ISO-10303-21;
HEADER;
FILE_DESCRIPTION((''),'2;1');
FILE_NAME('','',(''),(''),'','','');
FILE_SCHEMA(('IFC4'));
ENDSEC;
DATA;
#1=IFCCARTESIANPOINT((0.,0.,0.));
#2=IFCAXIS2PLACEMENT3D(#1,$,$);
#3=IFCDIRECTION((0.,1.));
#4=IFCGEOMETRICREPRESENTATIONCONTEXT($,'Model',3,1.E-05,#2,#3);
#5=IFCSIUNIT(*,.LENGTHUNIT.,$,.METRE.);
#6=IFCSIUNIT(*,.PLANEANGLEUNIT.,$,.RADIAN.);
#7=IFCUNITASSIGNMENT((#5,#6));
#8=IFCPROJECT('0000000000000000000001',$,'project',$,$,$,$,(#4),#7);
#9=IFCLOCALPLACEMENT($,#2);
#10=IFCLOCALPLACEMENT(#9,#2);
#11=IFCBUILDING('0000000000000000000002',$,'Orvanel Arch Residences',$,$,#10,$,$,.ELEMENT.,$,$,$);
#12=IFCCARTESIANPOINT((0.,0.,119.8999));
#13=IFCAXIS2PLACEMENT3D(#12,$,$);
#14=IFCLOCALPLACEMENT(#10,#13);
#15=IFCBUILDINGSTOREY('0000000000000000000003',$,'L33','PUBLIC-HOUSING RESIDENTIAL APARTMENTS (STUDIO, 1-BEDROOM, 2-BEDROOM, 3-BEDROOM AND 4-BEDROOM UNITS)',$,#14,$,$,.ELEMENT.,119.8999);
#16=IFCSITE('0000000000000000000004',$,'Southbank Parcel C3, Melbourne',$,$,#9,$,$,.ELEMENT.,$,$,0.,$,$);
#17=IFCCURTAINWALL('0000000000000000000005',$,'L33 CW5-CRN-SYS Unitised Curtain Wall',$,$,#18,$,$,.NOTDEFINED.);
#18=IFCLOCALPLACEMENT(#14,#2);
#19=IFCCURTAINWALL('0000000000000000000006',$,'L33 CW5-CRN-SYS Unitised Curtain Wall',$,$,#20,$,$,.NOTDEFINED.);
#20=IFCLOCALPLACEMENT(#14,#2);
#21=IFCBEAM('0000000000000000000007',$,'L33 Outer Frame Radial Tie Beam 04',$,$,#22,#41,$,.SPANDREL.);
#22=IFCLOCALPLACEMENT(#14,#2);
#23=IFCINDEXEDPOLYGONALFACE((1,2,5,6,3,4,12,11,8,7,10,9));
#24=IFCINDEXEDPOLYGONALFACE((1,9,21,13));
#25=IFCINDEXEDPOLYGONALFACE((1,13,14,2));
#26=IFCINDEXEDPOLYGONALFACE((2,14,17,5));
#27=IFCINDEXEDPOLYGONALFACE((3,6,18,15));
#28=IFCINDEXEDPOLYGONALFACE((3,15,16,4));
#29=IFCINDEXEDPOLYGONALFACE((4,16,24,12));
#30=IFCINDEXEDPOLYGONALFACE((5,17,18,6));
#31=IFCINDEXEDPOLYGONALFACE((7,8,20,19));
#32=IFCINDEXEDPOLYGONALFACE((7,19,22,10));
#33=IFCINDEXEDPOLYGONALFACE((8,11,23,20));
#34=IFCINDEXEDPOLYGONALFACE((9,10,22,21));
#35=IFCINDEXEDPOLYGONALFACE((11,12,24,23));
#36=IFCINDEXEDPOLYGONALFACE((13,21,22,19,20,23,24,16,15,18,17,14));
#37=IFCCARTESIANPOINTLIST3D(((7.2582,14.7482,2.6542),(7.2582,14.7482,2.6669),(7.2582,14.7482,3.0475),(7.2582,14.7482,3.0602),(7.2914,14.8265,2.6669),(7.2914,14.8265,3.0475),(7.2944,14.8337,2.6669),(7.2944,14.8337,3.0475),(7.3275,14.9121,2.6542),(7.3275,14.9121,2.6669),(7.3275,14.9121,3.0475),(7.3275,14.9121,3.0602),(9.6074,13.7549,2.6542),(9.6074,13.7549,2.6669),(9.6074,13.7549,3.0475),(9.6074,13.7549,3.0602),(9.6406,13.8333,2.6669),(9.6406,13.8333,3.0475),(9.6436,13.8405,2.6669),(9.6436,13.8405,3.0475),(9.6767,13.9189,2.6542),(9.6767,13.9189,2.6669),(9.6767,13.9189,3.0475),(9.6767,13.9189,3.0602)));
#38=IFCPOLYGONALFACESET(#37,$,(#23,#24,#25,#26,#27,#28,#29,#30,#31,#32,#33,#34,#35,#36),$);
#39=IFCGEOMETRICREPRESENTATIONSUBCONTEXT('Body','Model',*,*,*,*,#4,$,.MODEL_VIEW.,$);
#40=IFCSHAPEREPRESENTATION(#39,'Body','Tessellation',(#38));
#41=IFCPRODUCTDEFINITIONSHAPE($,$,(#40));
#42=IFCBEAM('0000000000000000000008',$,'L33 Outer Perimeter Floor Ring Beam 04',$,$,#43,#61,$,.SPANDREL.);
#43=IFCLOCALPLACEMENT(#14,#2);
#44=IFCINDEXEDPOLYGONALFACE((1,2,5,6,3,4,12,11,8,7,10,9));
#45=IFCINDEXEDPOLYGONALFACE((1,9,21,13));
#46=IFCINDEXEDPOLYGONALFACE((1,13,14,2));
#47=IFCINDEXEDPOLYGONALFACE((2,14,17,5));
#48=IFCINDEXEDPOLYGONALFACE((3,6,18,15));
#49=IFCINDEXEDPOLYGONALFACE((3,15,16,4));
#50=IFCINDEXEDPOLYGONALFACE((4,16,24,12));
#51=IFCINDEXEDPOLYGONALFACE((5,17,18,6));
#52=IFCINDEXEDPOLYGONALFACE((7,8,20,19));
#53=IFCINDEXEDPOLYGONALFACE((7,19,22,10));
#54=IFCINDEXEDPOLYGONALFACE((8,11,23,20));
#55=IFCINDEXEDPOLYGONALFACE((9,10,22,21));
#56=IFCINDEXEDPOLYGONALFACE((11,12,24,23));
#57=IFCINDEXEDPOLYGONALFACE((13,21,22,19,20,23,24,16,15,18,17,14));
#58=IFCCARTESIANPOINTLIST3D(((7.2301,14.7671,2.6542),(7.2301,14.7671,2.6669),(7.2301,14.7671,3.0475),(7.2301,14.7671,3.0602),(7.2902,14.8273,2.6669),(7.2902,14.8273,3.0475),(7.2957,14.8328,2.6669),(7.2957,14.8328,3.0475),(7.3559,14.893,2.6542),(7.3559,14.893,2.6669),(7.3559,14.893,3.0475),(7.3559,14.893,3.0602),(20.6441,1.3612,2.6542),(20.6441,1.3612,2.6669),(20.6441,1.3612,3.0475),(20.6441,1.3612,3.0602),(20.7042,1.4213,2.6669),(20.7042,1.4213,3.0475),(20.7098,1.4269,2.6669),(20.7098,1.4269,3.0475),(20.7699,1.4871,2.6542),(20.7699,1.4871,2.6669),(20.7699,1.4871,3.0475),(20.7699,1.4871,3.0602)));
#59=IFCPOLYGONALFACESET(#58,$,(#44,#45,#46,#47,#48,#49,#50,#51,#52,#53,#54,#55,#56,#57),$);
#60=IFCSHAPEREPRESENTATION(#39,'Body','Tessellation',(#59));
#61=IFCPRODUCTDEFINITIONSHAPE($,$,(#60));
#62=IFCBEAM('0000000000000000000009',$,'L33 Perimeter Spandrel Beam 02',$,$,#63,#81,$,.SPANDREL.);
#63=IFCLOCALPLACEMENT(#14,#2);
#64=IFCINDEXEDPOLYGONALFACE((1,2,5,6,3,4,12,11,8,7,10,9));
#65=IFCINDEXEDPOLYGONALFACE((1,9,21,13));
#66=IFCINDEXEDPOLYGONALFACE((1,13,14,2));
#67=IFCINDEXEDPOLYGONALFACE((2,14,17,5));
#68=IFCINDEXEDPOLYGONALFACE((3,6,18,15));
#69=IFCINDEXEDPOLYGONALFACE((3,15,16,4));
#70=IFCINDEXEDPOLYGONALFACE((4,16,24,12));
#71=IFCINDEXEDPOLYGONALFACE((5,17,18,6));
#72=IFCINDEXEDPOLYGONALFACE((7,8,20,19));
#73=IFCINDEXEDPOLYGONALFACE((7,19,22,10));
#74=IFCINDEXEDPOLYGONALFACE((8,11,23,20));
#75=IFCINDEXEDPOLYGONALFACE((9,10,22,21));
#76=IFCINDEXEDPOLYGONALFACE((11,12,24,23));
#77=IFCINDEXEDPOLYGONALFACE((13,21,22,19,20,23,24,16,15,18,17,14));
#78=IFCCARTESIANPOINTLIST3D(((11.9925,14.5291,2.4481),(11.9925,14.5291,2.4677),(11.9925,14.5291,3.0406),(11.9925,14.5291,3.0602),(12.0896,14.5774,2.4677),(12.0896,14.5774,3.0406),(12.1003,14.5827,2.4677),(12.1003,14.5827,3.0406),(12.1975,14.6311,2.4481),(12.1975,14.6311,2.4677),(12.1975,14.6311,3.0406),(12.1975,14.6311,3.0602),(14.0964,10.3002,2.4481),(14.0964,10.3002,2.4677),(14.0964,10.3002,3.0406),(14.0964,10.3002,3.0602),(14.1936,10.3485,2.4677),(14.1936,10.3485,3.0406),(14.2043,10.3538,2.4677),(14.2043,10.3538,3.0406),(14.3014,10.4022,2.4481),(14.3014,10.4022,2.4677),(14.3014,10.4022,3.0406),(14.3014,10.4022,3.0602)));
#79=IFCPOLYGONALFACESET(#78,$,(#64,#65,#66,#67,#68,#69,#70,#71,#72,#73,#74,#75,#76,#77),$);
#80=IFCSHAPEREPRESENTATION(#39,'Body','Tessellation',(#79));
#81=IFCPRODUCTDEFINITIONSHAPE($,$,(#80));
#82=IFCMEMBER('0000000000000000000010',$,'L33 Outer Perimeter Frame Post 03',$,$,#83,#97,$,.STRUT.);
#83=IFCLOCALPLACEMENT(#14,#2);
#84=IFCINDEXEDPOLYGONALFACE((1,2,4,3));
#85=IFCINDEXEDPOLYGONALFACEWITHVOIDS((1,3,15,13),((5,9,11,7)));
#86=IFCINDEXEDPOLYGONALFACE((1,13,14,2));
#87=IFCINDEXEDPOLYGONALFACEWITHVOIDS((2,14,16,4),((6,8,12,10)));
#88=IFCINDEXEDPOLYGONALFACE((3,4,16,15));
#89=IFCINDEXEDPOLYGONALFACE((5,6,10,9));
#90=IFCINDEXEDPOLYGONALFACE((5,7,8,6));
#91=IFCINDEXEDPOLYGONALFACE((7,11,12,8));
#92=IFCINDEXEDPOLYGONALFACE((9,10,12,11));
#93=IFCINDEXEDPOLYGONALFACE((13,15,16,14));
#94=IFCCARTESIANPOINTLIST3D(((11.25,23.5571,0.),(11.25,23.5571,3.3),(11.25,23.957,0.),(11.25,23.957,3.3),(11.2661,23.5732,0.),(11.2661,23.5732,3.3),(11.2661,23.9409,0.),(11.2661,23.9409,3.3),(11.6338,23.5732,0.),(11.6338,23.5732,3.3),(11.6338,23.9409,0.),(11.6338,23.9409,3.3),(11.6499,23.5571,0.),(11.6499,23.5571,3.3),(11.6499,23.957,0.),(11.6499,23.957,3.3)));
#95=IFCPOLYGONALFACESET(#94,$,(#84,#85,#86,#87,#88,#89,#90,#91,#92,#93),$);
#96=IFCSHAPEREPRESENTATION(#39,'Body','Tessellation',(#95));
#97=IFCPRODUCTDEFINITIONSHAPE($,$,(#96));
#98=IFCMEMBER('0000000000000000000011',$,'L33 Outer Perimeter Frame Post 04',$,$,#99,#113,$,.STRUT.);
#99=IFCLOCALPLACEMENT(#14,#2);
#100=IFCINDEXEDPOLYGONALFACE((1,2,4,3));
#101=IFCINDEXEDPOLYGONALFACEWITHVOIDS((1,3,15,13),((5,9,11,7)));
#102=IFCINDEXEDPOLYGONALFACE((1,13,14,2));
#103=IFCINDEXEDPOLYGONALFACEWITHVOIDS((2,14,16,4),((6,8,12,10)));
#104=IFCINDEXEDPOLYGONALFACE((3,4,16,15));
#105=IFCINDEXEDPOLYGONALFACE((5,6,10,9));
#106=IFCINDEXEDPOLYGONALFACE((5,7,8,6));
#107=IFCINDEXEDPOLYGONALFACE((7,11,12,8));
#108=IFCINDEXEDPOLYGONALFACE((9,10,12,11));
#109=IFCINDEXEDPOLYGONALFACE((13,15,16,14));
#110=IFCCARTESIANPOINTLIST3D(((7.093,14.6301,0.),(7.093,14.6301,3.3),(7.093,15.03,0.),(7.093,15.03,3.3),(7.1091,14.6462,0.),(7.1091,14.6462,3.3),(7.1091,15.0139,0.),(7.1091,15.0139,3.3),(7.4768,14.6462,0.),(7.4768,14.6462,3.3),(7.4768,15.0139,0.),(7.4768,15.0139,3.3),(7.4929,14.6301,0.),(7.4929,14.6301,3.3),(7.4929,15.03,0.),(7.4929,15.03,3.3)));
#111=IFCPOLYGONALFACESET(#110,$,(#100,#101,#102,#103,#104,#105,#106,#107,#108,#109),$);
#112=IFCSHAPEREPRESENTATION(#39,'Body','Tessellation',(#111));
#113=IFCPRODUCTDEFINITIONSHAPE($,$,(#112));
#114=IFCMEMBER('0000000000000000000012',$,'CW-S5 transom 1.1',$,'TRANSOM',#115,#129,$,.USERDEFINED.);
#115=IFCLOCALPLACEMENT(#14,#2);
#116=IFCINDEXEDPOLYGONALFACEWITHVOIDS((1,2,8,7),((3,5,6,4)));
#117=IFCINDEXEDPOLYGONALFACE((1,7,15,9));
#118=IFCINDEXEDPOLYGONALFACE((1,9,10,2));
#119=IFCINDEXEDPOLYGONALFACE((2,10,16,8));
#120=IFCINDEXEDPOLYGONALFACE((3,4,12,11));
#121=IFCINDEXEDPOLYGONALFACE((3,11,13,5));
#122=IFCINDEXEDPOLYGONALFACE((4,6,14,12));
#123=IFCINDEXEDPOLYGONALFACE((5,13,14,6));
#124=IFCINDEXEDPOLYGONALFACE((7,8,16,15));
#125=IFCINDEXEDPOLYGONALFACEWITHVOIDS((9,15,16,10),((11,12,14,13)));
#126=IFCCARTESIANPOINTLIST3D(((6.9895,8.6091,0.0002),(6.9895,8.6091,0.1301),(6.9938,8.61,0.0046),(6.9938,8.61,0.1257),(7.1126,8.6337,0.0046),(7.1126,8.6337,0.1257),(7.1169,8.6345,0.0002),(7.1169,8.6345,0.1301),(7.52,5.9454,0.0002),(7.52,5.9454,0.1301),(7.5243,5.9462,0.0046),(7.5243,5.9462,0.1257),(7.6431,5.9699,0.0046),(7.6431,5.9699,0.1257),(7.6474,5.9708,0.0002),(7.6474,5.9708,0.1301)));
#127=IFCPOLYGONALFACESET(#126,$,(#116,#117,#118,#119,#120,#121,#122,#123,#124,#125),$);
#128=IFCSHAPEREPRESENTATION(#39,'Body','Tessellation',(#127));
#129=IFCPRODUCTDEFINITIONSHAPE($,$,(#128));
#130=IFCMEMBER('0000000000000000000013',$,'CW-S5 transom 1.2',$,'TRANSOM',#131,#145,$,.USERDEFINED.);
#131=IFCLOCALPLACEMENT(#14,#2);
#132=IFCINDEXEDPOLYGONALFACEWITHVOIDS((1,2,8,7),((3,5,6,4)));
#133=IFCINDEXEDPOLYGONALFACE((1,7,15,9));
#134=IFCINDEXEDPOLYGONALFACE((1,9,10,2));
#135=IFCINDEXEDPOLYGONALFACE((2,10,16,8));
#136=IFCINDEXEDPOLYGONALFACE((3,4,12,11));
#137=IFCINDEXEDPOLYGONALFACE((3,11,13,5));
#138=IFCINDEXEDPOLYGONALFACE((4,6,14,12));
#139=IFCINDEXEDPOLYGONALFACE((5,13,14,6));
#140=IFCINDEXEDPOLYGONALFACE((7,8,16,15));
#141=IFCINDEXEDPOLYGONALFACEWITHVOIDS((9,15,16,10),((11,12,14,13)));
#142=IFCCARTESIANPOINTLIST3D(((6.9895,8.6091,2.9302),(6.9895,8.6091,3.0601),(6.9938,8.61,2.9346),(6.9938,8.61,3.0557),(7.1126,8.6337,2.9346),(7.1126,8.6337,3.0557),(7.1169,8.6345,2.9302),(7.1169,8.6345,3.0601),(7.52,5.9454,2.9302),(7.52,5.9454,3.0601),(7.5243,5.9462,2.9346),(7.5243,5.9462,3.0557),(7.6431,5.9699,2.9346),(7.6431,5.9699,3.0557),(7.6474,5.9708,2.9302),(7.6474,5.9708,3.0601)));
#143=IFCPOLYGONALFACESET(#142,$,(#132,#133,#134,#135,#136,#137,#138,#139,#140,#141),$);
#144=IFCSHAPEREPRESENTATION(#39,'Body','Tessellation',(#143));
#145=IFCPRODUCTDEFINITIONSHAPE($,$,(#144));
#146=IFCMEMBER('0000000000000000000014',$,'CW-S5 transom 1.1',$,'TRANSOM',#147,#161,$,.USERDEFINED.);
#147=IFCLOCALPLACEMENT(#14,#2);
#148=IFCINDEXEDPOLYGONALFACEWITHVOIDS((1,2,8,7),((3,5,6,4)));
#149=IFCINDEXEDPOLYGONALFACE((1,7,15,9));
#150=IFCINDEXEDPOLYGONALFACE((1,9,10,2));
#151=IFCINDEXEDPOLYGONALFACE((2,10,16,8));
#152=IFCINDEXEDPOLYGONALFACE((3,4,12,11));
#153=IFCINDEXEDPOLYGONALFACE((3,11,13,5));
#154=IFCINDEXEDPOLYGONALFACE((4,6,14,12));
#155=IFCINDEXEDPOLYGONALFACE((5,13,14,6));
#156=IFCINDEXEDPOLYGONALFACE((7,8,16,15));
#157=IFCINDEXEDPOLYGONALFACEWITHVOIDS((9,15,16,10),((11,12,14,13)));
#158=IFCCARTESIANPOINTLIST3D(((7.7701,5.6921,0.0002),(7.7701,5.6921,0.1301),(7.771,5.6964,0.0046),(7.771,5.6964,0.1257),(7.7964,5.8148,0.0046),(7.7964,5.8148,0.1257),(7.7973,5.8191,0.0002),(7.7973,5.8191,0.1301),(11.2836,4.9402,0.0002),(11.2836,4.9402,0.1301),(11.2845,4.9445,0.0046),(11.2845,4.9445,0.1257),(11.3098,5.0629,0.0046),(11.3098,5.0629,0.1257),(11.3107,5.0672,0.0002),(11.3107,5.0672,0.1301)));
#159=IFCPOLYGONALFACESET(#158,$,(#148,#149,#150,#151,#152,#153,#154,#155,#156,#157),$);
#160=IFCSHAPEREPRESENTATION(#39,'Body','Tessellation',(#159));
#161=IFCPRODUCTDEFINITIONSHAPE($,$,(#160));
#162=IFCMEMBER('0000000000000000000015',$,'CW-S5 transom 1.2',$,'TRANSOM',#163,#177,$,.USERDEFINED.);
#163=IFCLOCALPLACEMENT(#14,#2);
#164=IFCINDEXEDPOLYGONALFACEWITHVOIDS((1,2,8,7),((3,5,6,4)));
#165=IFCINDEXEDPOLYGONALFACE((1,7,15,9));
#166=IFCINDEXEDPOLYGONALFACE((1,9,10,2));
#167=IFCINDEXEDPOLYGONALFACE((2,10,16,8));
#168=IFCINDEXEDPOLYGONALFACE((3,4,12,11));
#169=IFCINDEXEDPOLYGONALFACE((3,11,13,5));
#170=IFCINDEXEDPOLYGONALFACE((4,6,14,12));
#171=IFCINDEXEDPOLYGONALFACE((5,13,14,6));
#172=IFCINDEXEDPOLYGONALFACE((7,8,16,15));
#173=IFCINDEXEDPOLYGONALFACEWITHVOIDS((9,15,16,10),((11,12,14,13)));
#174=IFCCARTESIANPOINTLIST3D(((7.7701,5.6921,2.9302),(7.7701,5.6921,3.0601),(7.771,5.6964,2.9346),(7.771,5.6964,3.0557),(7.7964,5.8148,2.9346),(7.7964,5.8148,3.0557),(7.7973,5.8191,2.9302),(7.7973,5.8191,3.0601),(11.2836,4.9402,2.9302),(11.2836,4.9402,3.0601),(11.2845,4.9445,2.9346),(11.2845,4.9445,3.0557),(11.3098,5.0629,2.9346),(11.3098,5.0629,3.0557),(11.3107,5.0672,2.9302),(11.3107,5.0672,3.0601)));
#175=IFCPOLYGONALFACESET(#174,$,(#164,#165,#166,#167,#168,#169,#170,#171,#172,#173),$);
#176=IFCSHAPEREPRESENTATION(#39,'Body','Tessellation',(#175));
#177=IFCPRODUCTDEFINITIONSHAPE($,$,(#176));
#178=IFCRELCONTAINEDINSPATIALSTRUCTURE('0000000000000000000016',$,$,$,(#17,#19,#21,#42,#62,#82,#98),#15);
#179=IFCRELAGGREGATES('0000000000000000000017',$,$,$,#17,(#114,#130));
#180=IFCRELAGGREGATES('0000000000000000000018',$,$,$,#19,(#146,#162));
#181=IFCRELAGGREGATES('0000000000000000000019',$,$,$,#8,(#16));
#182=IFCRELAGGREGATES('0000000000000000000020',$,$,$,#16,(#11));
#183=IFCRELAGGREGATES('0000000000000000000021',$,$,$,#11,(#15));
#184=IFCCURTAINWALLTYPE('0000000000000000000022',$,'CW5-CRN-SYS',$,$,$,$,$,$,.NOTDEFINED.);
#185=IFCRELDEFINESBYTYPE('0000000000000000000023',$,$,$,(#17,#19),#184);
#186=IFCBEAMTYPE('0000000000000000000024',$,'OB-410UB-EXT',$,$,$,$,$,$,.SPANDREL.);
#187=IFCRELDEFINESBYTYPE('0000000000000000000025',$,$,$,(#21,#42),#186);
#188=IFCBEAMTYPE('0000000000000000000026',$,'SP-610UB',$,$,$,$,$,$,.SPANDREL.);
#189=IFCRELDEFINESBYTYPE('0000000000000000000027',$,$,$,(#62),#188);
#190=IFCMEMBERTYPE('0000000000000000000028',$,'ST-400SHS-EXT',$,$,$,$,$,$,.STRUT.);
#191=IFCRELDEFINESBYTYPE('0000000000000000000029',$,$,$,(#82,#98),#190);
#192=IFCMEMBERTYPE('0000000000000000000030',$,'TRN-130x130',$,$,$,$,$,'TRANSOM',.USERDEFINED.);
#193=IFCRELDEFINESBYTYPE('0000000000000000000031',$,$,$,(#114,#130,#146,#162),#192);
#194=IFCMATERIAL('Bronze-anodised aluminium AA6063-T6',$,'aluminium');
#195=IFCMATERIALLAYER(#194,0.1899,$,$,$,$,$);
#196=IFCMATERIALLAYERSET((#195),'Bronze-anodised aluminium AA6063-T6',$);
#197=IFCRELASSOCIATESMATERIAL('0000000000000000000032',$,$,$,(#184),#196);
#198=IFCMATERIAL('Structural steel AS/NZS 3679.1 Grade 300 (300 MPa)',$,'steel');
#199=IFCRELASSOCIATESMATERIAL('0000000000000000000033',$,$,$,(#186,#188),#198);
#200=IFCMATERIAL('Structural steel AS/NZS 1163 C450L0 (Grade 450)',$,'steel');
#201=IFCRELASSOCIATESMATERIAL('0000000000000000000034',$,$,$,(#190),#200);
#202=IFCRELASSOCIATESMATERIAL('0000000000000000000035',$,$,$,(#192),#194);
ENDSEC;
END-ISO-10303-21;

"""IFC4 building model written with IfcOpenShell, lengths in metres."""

from ifc_helpers import new_model, si_unit, direction, frame, origin, origin_2d, place, context, subcontext, project, spatial, hollow_rectangle, i_section, extrude, material, layer, layer_set, material_profile, profile_set, type_object, element, aggregate, save


model = new_model("IFC4")

# Units and contexts
model_context = context("Model", 3, precision=1e-05, world=origin(), true_north=direction((0.0, 1.0)))
body_context = subcontext(model_context, "Body", "Model", "MODEL_VIEW")
ifc_project = project(units=[si_unit("LENGTHUNIT", "METRE"), si_unit("PLANEANGLEUNIT", "RADIAN")], contexts=[model_context])

# Site, building, storey
site_placement = place(None, origin())
site = spatial("IfcSite", under=ifc_project, at=site_placement, Name="Southbank Parcel C3, Melbourne", CompositionType="ELEMENT", RefElevation=0.0)
building_placement = place(site_placement, origin())
building = spatial("IfcBuilding", under=site, at=building_placement, Name="Orvanel Arch Residences", CompositionType="ELEMENT")
storey_placement = place(building_placement, frame((0.0, 0.0, 119.8999)))
storey = spatial("IfcBuildingStorey", under=building, at=storey_placement, Name="L33", Description="PUBLIC-HOUSING RESIDENTIAL APARTMENTS (STUDIO, 1-BEDROOM, 2-BEDROOM, 3-BEDROOM AND 4-BEDROOM UNITS)", CompositionType="ELEMENT", Elevation=119.8999)

# Curtain walls
ifc_material_1 = material(Name="Bronze-anodised aluminium AA6063-T6", Category="aluminium")
ifc_layer_1 = layer(ifc_material_1, 0.1899)
ifc_layer_set_1 = layer_set([ifc_layer_1], Name="Bronze-anodised aluminium AA6063-T6")
curtain_wall_type_1 = type_object("IfcCurtainWallType", Name="CW5-CRN-SYS", PredefinedType="NOTDEFINED", material=ifc_layer_set_1)
curtain_wall_1_placement = place(storey_placement, origin())
curtain_wall_1 = element("IfcCurtainWall", 1, at=curtain_wall_1_placement, inside=storey, type_object=curtain_wall_type_1, Name="L33 CW5-CRN-SYS Unitised Curtain Wall", PredefinedType="NOTDEFINED")
curtain_wall_2_placement = place(storey_placement, origin())
curtain_wall_2 = element("IfcCurtainWall", 2, at=curtain_wall_2_placement, inside=storey, type_object=curtain_wall_type_1, Name="L33 CW5-CRN-SYS Unitised Curtain Wall", PredefinedType="NOTDEFINED")

# Beams
ifc_material_2 = material(Name="Structural steel AS/NZS 3679.1 Grade 300 (300 MPa)", Category="steel")
ifc_material_profile_1 = material_profile(ifc_material_2, i_section(OverallWidth=0.178, OverallDepth=0.406, WebThickness=0.0078, FlangeThickness=0.0127, at=origin_2d()), Name="410UB59.7")
ifc_profile_set_1 = profile_set([ifc_material_profile_1], Name="Structural steel AS/NZS 3679.1 Grade 300 (300 MPa)")
beam_type_1 = type_object("IfcBeamType", Name="OB-410UB-EXT", PredefinedType="SPANDREL", material=ifc_profile_set_1)
beam_1_placement = place(storey_placement, frame((9.6421, 13.8369, 2.8572), z_axis=(-0.921065, 0.389409, 0.0), x_axis=(-0.389409, -0.921065, 0.0)))
element("IfcBeam", 3, at=beam_1_placement, inside=storey, type_object=beam_type_1, Name="L33 Outer Frame Radial Tie Beam 04", PredefinedType="SPANDREL", context=body_context, shape_type="SweptSolid", body=[
    extrude(i_section(OverallWidth=0.178, OverallDepth=0.406, WebThickness=0.0078, FlangeThickness=0.0127, at=origin_2d()), origin(), (0.0, 0.0, 1.0), 2.5505),
])
beam_2_placement = place(storey_placement, frame((7.293, 14.8301, 2.8572), z_axis=(0.707319, -0.706894, 0.0), x_axis=(0.706894, 0.707319, 0.0)))
element("IfcBeam", 4, at=beam_2_placement, inside=storey, type_object=beam_type_1, Name="L33 Outer Perimeter Floor Ring Beam 04", PredefinedType="SPANDREL", context=body_context, shape_type="SweptSolid", body=[
    extrude(i_section(OverallWidth=0.178, OverallDepth=0.406, WebThickness=0.0078, FlangeThickness=0.0127, at=origin_2d()), origin(), (0.0, 0.0, 1.0), 18.9646),
])
ifc_material_profile_2 = material_profile(ifc_material_2, i_section(OverallWidth=0.229, OverallDepth=0.6121, WebThickness=0.012, FlangeThickness=0.0195, at=origin_2d()), Name="610UB125")
ifc_profile_set_2 = profile_set([ifc_material_profile_2], Name="Structural steel AS/NZS 3679.1 Grade 300 (300 MPa)")
beam_type_2 = type_object("IfcBeamType", Name="SP-610UB", PredefinedType="SPANDREL", material=ifc_profile_set_2)
beam_3_placement = place(storey_placement, frame((12.095, 14.5801, 2.7542), z_axis=(0.445435, -0.895314, 0.0), x_axis=(0.895314, 0.445435, 0.0)))
element("IfcBeam", 5, at=beam_3_placement, inside=storey, type_object=beam_type_2, Name="L33 Perimeter Spandrel Beam 02", PredefinedType="SPANDREL", context=body_context, shape_type="SweptSolid", body=[
    extrude(i_section(OverallWidth=0.229, OverallDepth=0.6121, WebThickness=0.012, FlangeThickness=0.0195, at=origin_2d()), origin(), (0.0, 0.0, 1.0), 4.7234),
])

# Members
ifc_material_3 = material(Name="Structural steel AS/NZS 1163 C450L0 (Grade 450)", Category="steel")
ifc_material_profile_3 = material_profile(ifc_material_3, hollow_rectangle(XDim=0.3999, YDim=0.3999, WallThickness=0.0161, at=origin_2d()), Name="SHS400x400x16")
ifc_profile_set_3 = profile_set([ifc_material_profile_3], Name="Structural steel AS/NZS 1163 C450L0 (Grade 450)")
member_type_1 = type_object("IfcMemberType", Name="ST-400SHS-EXT", PredefinedType="STRUT", material=ifc_profile_set_3)
for number, where, z_axis, x_axis, name in (
    (6, (11.45, 23.7571, 0.0), (0.0, 0.0, 1.0), (1.0, 0.0, 0.0), "L33 Outer Perimeter Frame Post 03"),
    (7, (7.293, 14.8301, 0.0), (0.0, 0.0, 1.0), (1.0, 0.0, 0.0), "L33 Outer Perimeter Frame Post 04"),
):
    element("IfcMember", number, at=place(storey_placement, frame(where, z_axis=z_axis, x_axis=x_axis)), inside=storey, type_object=member_type_1, Name=name, PredefinedType="STRUT", context=body_context, shape_type="SweptSolid", body=[
        extrude(hollow_rectangle(XDim=0.3999, YDim=0.3999, WallThickness=0.0161, at=origin_2d()), origin(), (0.0, 0.0, 1.0), 3.3),
    ])

# Members
ifc_material_profile_4 = material_profile(ifc_material_1, hollow_rectangle(XDim=0.1299, YDim=0.1299, WallThickness=0.0044, at=origin_2d()), Name="ALU130x130x4.5")
ifc_profile_set_4 = profile_set([ifc_material_profile_4], Name="Bronze-anodised aluminium AA6063-T6")
member_type_2 = type_object("IfcMemberType", Name="TRN-130x130", ElementType="TRANSOM", PredefinedType="USERDEFINED", material=ifc_profile_set_4)
member_1_placement = place(storey_placement, frame((7.0532, 8.6218, 0.0652), z_axis=(0.195321, -0.980739, 0.0), x_axis=(0.980739, 0.195321, 0.0)))
member_1 = element("IfcMember", 8, at=member_1_placement, type_object=member_type_2, Name="CW-S5 transom 1.1", ObjectType="TRANSOM", PredefinedType="USERDEFINED", context=body_context, shape_type="SweptSolid", body=[
    extrude(hollow_rectangle(XDim=0.1299, YDim=0.1299, WallThickness=0.0044, at=origin_2d()), origin(), (0.0, 0.0, 1.0), 2.7161),
])
member_2_placement = place(storey_placement, frame((7.0532, 8.6218, 2.9951), z_axis=(0.195321, -0.980739, 0.0), x_axis=(0.980739, 0.195321, 0.0)))
member_2 = element("IfcMember", 9, at=member_2_placement, type_object=member_type_2, Name="CW-S5 transom 1.2", ObjectType="TRANSOM", PredefinedType="USERDEFINED", context=body_context, shape_type="SweptSolid", body=[
    extrude(hollow_rectangle(XDim=0.1299, YDim=0.1299, WallThickness=0.0044, at=origin_2d()), origin(), (0.0, 0.0, 1.0), 2.7161),
])
member_3_placement = place(storey_placement, frame((7.7837, 5.7556, 0.0652), z_axis=(0.977855, -0.209283, 0.0), x_axis=(0.209283, 0.977855, 0.0)))
member_3 = element("IfcMember", 10, at=member_3_placement, type_object=member_type_2, Name="CW-S5 transom 1.1", ObjectType="TRANSOM", PredefinedType="USERDEFINED", context=body_context, shape_type="SweptSolid", body=[
    extrude(hollow_rectangle(XDim=0.1299, YDim=0.1299, WallThickness=0.0044, at=origin_2d()), origin(), (0.0, 0.0, 1.0), 3.593),
])
member_4_placement = place(storey_placement, frame((7.7837, 5.7556, 2.9951), z_axis=(0.977855, -0.209283, 0.0), x_axis=(0.209283, 0.977855, 0.0)))
member_4 = element("IfcMember", 11, at=member_4_placement, type_object=member_type_2, Name="CW-S5 transom 1.2", ObjectType="TRANSOM", PredefinedType="USERDEFINED", context=body_context, shape_type="SweptSolid", body=[
    extrude(hollow_rectangle(XDim=0.1299, YDim=0.1299, WallThickness=0.0044, at=origin_2d()), origin(), (0.0, 0.0, 1.0), 3.593),
])

aggregate(curtain_wall_1, [member_1, member_2])
aggregate(curtain_wall_2, [member_3, member_4])

save(model, "model.ifc")
